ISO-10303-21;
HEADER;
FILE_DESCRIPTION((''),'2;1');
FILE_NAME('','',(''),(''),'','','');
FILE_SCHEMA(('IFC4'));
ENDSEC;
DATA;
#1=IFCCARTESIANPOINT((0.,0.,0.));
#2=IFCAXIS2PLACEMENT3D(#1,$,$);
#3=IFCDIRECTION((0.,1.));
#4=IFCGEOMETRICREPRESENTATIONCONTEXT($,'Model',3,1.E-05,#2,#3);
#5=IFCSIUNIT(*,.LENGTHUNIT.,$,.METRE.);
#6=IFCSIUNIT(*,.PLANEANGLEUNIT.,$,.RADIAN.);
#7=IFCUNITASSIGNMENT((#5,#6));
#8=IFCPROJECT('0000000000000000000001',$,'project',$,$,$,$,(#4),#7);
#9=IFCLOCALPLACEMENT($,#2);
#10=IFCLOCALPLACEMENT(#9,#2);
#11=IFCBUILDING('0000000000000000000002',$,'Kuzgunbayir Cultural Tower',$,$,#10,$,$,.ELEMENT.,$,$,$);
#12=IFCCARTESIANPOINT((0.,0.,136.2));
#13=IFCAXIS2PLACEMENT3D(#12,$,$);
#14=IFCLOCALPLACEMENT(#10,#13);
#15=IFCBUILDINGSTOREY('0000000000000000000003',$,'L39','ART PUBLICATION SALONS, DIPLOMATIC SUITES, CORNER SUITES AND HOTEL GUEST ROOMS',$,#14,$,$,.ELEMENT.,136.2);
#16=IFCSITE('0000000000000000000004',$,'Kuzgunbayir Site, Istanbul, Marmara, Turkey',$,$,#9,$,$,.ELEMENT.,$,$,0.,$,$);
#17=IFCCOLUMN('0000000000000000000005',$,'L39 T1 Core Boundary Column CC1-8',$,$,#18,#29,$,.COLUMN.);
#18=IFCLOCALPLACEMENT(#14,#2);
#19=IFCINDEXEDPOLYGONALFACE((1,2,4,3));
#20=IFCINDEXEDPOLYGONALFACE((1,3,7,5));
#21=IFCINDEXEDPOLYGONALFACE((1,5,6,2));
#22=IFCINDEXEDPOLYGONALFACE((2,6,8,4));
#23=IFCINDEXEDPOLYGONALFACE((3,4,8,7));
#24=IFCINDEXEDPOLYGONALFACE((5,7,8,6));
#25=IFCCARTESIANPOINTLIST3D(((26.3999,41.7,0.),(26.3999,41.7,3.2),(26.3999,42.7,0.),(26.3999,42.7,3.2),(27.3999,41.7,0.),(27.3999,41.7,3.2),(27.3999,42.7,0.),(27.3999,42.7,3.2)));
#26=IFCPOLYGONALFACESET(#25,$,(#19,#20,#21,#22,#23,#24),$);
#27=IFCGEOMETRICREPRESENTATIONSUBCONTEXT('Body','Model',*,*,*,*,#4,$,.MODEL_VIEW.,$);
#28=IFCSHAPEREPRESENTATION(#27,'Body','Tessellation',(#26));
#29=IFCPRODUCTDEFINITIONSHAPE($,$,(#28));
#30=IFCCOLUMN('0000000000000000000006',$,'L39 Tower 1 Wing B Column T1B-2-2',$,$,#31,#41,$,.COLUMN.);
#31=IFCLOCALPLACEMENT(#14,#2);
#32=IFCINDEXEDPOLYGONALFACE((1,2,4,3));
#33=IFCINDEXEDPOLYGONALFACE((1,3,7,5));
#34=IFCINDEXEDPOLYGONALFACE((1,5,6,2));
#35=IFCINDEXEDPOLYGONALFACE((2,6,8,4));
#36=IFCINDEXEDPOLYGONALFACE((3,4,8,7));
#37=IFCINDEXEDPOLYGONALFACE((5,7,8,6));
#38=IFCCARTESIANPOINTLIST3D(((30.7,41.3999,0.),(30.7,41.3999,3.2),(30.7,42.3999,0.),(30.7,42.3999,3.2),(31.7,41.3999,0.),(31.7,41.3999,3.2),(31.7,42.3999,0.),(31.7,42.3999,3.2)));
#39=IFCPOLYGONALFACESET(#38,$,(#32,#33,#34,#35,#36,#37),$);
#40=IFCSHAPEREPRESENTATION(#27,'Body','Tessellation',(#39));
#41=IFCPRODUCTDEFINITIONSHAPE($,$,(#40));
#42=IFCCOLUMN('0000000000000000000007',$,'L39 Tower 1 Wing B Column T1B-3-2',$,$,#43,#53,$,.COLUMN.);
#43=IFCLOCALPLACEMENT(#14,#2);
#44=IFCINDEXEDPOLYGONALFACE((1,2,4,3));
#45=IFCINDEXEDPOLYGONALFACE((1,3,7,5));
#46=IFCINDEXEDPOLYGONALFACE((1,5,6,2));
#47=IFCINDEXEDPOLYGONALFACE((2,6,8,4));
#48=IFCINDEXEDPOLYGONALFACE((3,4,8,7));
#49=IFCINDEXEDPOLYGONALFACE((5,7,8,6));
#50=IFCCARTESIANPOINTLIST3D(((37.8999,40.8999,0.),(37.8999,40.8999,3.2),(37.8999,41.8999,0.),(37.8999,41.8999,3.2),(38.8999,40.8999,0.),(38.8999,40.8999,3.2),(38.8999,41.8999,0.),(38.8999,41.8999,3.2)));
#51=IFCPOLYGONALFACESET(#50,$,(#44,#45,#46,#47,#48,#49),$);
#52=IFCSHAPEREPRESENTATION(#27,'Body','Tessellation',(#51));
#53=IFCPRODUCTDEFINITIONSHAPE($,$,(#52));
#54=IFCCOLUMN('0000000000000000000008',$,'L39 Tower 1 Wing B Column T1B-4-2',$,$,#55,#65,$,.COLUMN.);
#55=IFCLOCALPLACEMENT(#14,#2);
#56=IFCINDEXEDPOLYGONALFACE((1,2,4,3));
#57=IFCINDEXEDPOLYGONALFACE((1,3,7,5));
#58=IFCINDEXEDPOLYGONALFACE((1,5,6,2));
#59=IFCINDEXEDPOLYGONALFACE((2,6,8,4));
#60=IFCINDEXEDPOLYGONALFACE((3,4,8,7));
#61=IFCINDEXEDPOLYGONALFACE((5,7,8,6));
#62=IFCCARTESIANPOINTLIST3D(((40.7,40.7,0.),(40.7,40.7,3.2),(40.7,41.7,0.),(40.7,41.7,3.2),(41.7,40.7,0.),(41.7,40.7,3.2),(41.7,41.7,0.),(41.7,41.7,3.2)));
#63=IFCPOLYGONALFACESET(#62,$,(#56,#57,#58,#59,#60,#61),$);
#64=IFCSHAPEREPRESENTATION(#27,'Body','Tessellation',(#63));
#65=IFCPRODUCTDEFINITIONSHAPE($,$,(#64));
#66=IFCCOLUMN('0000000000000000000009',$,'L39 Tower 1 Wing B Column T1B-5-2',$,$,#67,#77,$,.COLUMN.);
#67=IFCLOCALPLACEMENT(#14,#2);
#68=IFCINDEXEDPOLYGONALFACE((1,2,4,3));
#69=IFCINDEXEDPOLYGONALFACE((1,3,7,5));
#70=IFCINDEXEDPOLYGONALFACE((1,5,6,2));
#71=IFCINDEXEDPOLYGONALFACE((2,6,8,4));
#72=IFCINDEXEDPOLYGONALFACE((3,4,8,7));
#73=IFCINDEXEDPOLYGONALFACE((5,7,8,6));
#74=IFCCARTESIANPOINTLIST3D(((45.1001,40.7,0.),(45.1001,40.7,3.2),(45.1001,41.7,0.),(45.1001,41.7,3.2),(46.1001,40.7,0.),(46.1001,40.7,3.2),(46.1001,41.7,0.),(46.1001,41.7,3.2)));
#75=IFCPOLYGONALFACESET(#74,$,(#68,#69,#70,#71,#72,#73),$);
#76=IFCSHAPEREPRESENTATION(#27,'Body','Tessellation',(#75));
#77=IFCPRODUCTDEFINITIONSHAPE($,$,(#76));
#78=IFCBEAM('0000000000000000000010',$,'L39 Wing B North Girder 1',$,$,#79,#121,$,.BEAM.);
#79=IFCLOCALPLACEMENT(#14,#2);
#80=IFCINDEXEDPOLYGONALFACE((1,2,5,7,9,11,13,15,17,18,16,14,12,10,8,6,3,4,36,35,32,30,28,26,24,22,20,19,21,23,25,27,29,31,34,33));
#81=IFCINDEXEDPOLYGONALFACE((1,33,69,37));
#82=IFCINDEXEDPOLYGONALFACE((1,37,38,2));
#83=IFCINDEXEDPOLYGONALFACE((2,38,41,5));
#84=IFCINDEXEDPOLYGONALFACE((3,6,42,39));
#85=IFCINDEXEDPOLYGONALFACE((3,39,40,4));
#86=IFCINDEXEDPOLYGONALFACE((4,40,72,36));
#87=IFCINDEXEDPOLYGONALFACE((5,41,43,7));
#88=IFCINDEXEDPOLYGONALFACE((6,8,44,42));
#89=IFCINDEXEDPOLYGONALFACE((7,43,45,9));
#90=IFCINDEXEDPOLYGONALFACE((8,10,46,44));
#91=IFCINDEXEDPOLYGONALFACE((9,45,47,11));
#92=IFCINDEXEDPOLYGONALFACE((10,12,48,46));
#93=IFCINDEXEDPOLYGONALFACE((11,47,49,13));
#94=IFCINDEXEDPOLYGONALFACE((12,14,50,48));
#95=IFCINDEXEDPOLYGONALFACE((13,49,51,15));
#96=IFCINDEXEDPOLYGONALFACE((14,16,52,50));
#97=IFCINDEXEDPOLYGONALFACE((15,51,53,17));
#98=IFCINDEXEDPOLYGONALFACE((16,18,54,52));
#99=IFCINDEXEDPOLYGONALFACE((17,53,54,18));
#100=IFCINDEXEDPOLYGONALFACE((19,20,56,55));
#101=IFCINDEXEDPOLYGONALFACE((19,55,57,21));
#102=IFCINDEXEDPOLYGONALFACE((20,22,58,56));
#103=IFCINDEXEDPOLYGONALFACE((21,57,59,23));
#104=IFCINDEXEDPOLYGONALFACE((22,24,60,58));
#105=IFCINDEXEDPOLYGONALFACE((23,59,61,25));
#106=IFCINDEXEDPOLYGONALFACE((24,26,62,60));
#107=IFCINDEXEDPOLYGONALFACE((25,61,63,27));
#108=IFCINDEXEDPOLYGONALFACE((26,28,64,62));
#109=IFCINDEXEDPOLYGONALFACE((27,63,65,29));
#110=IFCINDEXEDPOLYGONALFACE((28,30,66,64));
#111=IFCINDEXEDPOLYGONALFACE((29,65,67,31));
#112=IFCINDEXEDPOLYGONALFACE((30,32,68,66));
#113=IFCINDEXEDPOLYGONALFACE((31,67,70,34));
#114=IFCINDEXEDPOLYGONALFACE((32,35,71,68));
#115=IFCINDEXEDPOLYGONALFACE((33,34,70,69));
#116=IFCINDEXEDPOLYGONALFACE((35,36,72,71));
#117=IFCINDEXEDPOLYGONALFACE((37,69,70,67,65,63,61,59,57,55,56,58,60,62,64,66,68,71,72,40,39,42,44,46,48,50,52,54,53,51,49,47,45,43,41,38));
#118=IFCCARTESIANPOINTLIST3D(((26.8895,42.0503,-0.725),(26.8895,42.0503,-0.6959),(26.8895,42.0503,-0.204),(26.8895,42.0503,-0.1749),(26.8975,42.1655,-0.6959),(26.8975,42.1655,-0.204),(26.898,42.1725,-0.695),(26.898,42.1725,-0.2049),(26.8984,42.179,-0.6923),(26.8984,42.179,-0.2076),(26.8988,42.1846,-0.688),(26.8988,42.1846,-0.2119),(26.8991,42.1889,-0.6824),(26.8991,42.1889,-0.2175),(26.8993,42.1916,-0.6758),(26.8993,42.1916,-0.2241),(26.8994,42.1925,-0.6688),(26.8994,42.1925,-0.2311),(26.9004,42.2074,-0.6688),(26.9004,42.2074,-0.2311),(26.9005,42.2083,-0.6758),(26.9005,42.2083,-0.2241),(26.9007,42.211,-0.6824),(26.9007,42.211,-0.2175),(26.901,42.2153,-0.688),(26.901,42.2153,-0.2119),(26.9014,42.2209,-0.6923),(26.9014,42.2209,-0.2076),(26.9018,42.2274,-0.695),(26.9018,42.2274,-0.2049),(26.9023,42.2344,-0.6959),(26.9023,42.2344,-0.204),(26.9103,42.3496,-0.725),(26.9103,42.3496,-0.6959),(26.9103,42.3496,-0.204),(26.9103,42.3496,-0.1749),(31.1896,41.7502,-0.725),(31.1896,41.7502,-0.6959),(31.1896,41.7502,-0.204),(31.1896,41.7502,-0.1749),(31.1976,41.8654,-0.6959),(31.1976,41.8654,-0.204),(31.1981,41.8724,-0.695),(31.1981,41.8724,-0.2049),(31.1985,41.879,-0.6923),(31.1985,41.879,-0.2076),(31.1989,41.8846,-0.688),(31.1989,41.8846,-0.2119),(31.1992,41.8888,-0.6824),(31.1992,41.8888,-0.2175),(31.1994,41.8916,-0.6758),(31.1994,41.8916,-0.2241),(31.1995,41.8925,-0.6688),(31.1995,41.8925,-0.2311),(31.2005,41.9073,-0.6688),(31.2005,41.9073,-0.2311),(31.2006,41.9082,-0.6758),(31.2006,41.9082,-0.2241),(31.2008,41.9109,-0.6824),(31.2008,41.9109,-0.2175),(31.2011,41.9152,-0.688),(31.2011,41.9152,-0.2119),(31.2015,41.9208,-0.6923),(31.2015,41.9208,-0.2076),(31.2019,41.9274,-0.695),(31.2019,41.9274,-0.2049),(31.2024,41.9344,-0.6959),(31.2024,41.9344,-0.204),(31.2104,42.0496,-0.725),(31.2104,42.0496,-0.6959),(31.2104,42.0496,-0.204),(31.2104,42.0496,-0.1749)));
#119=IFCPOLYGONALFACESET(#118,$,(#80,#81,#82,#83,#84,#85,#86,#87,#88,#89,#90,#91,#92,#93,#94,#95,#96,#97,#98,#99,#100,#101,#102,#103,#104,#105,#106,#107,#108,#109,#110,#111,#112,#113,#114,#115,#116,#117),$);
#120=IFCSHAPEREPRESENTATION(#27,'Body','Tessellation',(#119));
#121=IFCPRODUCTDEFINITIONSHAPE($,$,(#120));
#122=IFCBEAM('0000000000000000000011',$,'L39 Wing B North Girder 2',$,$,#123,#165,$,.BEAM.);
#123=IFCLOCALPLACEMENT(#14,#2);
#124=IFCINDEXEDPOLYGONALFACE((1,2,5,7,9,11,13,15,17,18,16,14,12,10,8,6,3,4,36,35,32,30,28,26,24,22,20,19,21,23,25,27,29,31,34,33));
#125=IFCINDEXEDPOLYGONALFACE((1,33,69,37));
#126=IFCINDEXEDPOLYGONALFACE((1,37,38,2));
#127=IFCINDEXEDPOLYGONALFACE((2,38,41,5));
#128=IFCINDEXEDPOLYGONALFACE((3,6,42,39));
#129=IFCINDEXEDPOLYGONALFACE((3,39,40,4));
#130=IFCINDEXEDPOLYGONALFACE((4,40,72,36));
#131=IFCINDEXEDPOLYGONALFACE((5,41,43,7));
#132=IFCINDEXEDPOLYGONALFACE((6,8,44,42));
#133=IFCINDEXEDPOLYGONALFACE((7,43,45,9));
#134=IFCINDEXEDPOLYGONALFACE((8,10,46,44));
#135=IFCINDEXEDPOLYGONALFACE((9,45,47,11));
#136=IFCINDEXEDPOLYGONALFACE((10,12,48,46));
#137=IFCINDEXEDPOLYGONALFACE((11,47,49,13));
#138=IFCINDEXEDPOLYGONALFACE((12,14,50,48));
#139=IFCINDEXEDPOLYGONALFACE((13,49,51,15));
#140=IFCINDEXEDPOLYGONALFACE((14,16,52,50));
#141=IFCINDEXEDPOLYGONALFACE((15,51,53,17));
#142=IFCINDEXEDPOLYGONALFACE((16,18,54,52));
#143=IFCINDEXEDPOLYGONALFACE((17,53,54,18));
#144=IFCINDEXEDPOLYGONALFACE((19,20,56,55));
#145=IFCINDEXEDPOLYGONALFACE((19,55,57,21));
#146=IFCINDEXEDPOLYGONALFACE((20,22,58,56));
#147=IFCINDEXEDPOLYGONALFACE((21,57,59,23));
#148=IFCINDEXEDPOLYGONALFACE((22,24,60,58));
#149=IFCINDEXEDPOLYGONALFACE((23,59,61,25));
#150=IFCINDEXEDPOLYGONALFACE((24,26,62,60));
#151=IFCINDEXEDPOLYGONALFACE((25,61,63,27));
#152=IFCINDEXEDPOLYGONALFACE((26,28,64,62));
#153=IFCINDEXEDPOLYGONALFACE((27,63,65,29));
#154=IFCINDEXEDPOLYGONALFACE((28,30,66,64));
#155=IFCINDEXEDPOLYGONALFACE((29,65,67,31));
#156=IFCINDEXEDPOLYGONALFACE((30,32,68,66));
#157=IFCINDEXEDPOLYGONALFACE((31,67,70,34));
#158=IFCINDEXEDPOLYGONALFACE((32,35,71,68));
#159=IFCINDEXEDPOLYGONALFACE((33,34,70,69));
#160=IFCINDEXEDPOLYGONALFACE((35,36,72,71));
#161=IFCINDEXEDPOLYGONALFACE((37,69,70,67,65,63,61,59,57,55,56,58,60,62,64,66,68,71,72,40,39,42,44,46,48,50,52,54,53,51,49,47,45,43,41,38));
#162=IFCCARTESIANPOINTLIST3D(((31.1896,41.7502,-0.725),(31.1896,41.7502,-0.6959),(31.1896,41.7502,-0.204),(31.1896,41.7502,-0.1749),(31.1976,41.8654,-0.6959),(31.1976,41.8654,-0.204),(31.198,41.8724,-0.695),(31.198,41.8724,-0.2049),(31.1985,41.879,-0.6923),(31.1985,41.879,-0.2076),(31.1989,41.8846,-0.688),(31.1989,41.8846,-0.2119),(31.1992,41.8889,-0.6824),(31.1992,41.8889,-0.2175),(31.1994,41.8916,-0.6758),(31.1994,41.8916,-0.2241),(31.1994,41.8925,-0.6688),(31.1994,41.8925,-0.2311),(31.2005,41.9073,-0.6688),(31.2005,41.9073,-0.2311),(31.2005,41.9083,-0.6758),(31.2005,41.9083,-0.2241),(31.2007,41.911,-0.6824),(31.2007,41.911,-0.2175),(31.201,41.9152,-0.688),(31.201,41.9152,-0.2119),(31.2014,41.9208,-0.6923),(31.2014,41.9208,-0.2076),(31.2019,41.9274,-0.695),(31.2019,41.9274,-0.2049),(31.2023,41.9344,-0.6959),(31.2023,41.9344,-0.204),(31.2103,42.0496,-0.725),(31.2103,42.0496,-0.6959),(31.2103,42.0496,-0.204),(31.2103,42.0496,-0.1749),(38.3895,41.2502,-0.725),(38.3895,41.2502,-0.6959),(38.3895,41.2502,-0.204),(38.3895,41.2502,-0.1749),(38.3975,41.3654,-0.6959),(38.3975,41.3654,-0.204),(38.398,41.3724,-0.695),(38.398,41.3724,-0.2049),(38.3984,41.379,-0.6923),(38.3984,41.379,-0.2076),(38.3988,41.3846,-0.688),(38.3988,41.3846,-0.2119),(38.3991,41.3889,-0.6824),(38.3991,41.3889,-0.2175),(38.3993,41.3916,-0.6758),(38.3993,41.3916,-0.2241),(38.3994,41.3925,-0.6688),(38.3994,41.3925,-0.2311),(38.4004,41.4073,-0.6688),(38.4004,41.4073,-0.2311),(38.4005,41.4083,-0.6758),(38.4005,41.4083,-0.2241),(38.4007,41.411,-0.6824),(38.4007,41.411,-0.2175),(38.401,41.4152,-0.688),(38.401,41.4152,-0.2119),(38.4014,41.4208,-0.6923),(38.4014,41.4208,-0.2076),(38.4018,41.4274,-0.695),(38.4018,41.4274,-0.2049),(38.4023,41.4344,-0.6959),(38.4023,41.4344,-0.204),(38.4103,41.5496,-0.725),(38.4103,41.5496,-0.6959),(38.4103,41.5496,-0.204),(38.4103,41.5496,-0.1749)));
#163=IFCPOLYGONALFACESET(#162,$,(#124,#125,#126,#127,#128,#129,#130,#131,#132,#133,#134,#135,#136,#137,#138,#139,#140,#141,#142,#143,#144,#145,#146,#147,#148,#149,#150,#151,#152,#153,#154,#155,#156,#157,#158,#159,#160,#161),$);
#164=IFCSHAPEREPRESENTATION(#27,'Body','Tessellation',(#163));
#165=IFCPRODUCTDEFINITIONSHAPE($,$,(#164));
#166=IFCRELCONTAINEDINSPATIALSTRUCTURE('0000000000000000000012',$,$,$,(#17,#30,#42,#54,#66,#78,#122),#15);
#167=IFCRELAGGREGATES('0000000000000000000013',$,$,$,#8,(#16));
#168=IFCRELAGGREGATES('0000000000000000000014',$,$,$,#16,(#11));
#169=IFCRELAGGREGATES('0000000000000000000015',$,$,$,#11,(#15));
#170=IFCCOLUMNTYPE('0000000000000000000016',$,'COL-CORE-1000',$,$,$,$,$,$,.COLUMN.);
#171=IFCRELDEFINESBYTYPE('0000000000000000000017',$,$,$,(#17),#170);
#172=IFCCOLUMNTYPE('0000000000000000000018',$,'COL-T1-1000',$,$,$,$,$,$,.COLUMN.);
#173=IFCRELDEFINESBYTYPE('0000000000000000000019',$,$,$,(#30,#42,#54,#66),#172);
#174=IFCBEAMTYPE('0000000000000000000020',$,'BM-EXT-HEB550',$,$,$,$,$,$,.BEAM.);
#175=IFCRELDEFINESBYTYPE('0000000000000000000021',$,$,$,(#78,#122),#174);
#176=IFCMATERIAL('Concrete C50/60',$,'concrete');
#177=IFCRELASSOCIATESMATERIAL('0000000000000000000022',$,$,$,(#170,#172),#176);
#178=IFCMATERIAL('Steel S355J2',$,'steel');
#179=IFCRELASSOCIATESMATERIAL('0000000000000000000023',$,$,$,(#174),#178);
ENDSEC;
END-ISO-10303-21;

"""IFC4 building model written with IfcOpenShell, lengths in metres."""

from ifc_helpers import new_model, si_unit, direction, frame, origin, origin_2d, place, context, subcontext, project, spatial, rectangle, i_section, extrude, material, material_profile, profile_set, type_object, element, save


model = new_model("IFC4")

# Units and contexts
model_context = context("Model", 3, precision=1e-05, world=origin(), true_north=direction((0.0, 1.0)))
body_context = subcontext(model_context, "Body", "Model", "MODEL_VIEW")
ifc_project = project(units=[si_unit("LENGTHUNIT", "METRE"), si_unit("PLANEANGLEUNIT", "RADIAN")], contexts=[model_context])

# Site, building, storey
site_placement = place(None, origin())
site = spatial("IfcSite", under=ifc_project, at=site_placement, Name="Kuzgunbayir Site, Istanbul, Marmara, Turkey", CompositionType="ELEMENT", RefElevation=0.0)
building_placement = place(site_placement, origin())
building = spatial("IfcBuilding", under=site, at=building_placement, Name="Kuzgunbayir Cultural Tower", CompositionType="ELEMENT")
storey_placement = place(building_placement, frame((0.0, 0.0, 136.2)))
storey = spatial("IfcBuildingStorey", under=building, at=storey_placement, Name="L39", Description="ART PUBLICATION SALONS, DIPLOMATIC SUITES, CORNER SUITES AND HOTEL GUEST ROOMS", CompositionType="ELEMENT", Elevation=136.2)

# Columns
ifc_material_1 = material(Name="Concrete C50/60", Category="concrete")
ifc_material_profile_1 = material_profile(ifc_material_1, rectangle(XDim=1.0, YDim=1.0, at=origin_2d()), Name="RC 1000x1000")
ifc_profile_set_1 = profile_set([ifc_material_profile_1], Name="Concrete C50/60")
column_type_1 = type_object("IfcColumnType", Name="COL-CORE-1000", PredefinedType="COLUMN", material=ifc_profile_set_1)
column_placement = place(storey_placement, frame((26.8999, 42.2, 0.0), z_axis=(0.0, 0.0, 1.0), x_axis=(1.0, 0.0, 0.0)))
element("IfcColumn", 1, at=column_placement, inside=storey, type_object=column_type_1, Name="L39 T1 Core Boundary Column CC1-8", PredefinedType="COLUMN", context=body_context, shape_type="SweptSolid", body=[
    extrude(rectangle(XDim=1.0, YDim=1.0, at=origin_2d()), origin(), (0.0, 0.0, 1.0), 3.2),
])
ifc_material_profile_2 = material_profile(ifc_material_1, rectangle(XDim=1.0, YDim=1.0, at=origin_2d()), Name="RC 1000x1000")
ifc_profile_set_2 = profile_set([ifc_material_profile_2], Name="Concrete C50/60")
column_type_2 = type_object("IfcColumnType", Name="COL-T1-1000", PredefinedType="COLUMN", material=ifc_profile_set_2)
for number, where, z_axis, x_axis, name in (
    (2, (31.2, 41.8999, 0.0), (0.0, 0.0, 1.0), (1.0, 0.0, 0.0), "L39 Tower 1 Wing B Column T1B-2-2"),
    (3, (38.3999, 41.3999, 0.0), (0.0, 0.0, 1.0), (1.0, 0.0, 0.0), "L39 Tower 1 Wing B Column T1B-3-2"),
    (4, (41.2, 41.2, 0.0), (0.0, 0.0, 1.0), (1.0, 0.0, 0.0), "L39 Tower 1 Wing B Column T1B-4-2"),
    (5, (45.6001, 41.2, 0.0), (0.0, 0.0, 1.0), (1.0, 0.0, 0.0), "L39 Tower 1 Wing B Column T1B-5-2"),
):
    element("IfcColumn", number, at=place(storey_placement, frame(where, z_axis=z_axis, x_axis=x_axis)), inside=storey, type_object=column_type_2, Name=name, PredefinedType="COLUMN", context=body_context, shape_type="SweptSolid", body=[
        extrude(rectangle(XDim=1.0, YDim=1.0, at=origin_2d()), origin(), (0.0, 0.0, 1.0), 3.2),
    ])

# Beams
ifc_material_2 = material(Name="Steel S355J2", Category="steel")
ifc_material_profile_3 = material_profile(ifc_material_2, i_section(OverallWidth=0.3, OverallDepth=0.55, WebThickness=0.0149, FlangeThickness=0.0291, FilletRadius=0.0271, at=origin_2d()), Name="HEB 550")
ifc_profile_set_3 = profile_set([ifc_material_profile_3], Name="Steel S355J2")
beam_type_1 = type_object("IfcBeamType", Name="BM-EXT-HEB550", PredefinedType="BEAM", material=ifc_profile_set_3)
beam_1_placement = place(storey_placement, frame((26.8999, 42.2, -0.45), z_axis=(0.997574, -0.069609, 0.0), x_axis=(0.069609, 0.997574, 0.0)))
element("IfcBeam", 6, at=beam_1_placement, inside=storey, type_object=beam_type_1, Name="L39 Wing B North Girder 1", PredefinedType="BEAM", context=body_context, shape_type="SweptSolid", body=[
    extrude(i_section(OverallWidth=0.3, OverallDepth=0.55, WebThickness=0.0149, FlangeThickness=0.0291, FilletRadius=0.0271, at=origin_2d()), origin(), (0.0, 0.0, 1.0), 4.3105),
])
beam_2_placement = place(storey_placement, frame((31.2, 41.8999, -0.45), z_axis=(0.997597, -0.069278, 0.0), x_axis=(0.069278, 0.997597, 0.0)))
element("IfcBeam", 7, at=beam_2_placement, inside=storey, type_object=beam_type_1, Name="L39 Wing B North Girder 2", PredefinedType="BEAM", context=body_context, shape_type="SweptSolid", body=[
    extrude(i_section(OverallWidth=0.3, OverallDepth=0.55, WebThickness=0.0149, FlangeThickness=0.0291, FilletRadius=0.0271, at=origin_2d()), origin(), (0.0, 0.0, 1.0), 7.2173),
])

save(model, "model.ifc")
